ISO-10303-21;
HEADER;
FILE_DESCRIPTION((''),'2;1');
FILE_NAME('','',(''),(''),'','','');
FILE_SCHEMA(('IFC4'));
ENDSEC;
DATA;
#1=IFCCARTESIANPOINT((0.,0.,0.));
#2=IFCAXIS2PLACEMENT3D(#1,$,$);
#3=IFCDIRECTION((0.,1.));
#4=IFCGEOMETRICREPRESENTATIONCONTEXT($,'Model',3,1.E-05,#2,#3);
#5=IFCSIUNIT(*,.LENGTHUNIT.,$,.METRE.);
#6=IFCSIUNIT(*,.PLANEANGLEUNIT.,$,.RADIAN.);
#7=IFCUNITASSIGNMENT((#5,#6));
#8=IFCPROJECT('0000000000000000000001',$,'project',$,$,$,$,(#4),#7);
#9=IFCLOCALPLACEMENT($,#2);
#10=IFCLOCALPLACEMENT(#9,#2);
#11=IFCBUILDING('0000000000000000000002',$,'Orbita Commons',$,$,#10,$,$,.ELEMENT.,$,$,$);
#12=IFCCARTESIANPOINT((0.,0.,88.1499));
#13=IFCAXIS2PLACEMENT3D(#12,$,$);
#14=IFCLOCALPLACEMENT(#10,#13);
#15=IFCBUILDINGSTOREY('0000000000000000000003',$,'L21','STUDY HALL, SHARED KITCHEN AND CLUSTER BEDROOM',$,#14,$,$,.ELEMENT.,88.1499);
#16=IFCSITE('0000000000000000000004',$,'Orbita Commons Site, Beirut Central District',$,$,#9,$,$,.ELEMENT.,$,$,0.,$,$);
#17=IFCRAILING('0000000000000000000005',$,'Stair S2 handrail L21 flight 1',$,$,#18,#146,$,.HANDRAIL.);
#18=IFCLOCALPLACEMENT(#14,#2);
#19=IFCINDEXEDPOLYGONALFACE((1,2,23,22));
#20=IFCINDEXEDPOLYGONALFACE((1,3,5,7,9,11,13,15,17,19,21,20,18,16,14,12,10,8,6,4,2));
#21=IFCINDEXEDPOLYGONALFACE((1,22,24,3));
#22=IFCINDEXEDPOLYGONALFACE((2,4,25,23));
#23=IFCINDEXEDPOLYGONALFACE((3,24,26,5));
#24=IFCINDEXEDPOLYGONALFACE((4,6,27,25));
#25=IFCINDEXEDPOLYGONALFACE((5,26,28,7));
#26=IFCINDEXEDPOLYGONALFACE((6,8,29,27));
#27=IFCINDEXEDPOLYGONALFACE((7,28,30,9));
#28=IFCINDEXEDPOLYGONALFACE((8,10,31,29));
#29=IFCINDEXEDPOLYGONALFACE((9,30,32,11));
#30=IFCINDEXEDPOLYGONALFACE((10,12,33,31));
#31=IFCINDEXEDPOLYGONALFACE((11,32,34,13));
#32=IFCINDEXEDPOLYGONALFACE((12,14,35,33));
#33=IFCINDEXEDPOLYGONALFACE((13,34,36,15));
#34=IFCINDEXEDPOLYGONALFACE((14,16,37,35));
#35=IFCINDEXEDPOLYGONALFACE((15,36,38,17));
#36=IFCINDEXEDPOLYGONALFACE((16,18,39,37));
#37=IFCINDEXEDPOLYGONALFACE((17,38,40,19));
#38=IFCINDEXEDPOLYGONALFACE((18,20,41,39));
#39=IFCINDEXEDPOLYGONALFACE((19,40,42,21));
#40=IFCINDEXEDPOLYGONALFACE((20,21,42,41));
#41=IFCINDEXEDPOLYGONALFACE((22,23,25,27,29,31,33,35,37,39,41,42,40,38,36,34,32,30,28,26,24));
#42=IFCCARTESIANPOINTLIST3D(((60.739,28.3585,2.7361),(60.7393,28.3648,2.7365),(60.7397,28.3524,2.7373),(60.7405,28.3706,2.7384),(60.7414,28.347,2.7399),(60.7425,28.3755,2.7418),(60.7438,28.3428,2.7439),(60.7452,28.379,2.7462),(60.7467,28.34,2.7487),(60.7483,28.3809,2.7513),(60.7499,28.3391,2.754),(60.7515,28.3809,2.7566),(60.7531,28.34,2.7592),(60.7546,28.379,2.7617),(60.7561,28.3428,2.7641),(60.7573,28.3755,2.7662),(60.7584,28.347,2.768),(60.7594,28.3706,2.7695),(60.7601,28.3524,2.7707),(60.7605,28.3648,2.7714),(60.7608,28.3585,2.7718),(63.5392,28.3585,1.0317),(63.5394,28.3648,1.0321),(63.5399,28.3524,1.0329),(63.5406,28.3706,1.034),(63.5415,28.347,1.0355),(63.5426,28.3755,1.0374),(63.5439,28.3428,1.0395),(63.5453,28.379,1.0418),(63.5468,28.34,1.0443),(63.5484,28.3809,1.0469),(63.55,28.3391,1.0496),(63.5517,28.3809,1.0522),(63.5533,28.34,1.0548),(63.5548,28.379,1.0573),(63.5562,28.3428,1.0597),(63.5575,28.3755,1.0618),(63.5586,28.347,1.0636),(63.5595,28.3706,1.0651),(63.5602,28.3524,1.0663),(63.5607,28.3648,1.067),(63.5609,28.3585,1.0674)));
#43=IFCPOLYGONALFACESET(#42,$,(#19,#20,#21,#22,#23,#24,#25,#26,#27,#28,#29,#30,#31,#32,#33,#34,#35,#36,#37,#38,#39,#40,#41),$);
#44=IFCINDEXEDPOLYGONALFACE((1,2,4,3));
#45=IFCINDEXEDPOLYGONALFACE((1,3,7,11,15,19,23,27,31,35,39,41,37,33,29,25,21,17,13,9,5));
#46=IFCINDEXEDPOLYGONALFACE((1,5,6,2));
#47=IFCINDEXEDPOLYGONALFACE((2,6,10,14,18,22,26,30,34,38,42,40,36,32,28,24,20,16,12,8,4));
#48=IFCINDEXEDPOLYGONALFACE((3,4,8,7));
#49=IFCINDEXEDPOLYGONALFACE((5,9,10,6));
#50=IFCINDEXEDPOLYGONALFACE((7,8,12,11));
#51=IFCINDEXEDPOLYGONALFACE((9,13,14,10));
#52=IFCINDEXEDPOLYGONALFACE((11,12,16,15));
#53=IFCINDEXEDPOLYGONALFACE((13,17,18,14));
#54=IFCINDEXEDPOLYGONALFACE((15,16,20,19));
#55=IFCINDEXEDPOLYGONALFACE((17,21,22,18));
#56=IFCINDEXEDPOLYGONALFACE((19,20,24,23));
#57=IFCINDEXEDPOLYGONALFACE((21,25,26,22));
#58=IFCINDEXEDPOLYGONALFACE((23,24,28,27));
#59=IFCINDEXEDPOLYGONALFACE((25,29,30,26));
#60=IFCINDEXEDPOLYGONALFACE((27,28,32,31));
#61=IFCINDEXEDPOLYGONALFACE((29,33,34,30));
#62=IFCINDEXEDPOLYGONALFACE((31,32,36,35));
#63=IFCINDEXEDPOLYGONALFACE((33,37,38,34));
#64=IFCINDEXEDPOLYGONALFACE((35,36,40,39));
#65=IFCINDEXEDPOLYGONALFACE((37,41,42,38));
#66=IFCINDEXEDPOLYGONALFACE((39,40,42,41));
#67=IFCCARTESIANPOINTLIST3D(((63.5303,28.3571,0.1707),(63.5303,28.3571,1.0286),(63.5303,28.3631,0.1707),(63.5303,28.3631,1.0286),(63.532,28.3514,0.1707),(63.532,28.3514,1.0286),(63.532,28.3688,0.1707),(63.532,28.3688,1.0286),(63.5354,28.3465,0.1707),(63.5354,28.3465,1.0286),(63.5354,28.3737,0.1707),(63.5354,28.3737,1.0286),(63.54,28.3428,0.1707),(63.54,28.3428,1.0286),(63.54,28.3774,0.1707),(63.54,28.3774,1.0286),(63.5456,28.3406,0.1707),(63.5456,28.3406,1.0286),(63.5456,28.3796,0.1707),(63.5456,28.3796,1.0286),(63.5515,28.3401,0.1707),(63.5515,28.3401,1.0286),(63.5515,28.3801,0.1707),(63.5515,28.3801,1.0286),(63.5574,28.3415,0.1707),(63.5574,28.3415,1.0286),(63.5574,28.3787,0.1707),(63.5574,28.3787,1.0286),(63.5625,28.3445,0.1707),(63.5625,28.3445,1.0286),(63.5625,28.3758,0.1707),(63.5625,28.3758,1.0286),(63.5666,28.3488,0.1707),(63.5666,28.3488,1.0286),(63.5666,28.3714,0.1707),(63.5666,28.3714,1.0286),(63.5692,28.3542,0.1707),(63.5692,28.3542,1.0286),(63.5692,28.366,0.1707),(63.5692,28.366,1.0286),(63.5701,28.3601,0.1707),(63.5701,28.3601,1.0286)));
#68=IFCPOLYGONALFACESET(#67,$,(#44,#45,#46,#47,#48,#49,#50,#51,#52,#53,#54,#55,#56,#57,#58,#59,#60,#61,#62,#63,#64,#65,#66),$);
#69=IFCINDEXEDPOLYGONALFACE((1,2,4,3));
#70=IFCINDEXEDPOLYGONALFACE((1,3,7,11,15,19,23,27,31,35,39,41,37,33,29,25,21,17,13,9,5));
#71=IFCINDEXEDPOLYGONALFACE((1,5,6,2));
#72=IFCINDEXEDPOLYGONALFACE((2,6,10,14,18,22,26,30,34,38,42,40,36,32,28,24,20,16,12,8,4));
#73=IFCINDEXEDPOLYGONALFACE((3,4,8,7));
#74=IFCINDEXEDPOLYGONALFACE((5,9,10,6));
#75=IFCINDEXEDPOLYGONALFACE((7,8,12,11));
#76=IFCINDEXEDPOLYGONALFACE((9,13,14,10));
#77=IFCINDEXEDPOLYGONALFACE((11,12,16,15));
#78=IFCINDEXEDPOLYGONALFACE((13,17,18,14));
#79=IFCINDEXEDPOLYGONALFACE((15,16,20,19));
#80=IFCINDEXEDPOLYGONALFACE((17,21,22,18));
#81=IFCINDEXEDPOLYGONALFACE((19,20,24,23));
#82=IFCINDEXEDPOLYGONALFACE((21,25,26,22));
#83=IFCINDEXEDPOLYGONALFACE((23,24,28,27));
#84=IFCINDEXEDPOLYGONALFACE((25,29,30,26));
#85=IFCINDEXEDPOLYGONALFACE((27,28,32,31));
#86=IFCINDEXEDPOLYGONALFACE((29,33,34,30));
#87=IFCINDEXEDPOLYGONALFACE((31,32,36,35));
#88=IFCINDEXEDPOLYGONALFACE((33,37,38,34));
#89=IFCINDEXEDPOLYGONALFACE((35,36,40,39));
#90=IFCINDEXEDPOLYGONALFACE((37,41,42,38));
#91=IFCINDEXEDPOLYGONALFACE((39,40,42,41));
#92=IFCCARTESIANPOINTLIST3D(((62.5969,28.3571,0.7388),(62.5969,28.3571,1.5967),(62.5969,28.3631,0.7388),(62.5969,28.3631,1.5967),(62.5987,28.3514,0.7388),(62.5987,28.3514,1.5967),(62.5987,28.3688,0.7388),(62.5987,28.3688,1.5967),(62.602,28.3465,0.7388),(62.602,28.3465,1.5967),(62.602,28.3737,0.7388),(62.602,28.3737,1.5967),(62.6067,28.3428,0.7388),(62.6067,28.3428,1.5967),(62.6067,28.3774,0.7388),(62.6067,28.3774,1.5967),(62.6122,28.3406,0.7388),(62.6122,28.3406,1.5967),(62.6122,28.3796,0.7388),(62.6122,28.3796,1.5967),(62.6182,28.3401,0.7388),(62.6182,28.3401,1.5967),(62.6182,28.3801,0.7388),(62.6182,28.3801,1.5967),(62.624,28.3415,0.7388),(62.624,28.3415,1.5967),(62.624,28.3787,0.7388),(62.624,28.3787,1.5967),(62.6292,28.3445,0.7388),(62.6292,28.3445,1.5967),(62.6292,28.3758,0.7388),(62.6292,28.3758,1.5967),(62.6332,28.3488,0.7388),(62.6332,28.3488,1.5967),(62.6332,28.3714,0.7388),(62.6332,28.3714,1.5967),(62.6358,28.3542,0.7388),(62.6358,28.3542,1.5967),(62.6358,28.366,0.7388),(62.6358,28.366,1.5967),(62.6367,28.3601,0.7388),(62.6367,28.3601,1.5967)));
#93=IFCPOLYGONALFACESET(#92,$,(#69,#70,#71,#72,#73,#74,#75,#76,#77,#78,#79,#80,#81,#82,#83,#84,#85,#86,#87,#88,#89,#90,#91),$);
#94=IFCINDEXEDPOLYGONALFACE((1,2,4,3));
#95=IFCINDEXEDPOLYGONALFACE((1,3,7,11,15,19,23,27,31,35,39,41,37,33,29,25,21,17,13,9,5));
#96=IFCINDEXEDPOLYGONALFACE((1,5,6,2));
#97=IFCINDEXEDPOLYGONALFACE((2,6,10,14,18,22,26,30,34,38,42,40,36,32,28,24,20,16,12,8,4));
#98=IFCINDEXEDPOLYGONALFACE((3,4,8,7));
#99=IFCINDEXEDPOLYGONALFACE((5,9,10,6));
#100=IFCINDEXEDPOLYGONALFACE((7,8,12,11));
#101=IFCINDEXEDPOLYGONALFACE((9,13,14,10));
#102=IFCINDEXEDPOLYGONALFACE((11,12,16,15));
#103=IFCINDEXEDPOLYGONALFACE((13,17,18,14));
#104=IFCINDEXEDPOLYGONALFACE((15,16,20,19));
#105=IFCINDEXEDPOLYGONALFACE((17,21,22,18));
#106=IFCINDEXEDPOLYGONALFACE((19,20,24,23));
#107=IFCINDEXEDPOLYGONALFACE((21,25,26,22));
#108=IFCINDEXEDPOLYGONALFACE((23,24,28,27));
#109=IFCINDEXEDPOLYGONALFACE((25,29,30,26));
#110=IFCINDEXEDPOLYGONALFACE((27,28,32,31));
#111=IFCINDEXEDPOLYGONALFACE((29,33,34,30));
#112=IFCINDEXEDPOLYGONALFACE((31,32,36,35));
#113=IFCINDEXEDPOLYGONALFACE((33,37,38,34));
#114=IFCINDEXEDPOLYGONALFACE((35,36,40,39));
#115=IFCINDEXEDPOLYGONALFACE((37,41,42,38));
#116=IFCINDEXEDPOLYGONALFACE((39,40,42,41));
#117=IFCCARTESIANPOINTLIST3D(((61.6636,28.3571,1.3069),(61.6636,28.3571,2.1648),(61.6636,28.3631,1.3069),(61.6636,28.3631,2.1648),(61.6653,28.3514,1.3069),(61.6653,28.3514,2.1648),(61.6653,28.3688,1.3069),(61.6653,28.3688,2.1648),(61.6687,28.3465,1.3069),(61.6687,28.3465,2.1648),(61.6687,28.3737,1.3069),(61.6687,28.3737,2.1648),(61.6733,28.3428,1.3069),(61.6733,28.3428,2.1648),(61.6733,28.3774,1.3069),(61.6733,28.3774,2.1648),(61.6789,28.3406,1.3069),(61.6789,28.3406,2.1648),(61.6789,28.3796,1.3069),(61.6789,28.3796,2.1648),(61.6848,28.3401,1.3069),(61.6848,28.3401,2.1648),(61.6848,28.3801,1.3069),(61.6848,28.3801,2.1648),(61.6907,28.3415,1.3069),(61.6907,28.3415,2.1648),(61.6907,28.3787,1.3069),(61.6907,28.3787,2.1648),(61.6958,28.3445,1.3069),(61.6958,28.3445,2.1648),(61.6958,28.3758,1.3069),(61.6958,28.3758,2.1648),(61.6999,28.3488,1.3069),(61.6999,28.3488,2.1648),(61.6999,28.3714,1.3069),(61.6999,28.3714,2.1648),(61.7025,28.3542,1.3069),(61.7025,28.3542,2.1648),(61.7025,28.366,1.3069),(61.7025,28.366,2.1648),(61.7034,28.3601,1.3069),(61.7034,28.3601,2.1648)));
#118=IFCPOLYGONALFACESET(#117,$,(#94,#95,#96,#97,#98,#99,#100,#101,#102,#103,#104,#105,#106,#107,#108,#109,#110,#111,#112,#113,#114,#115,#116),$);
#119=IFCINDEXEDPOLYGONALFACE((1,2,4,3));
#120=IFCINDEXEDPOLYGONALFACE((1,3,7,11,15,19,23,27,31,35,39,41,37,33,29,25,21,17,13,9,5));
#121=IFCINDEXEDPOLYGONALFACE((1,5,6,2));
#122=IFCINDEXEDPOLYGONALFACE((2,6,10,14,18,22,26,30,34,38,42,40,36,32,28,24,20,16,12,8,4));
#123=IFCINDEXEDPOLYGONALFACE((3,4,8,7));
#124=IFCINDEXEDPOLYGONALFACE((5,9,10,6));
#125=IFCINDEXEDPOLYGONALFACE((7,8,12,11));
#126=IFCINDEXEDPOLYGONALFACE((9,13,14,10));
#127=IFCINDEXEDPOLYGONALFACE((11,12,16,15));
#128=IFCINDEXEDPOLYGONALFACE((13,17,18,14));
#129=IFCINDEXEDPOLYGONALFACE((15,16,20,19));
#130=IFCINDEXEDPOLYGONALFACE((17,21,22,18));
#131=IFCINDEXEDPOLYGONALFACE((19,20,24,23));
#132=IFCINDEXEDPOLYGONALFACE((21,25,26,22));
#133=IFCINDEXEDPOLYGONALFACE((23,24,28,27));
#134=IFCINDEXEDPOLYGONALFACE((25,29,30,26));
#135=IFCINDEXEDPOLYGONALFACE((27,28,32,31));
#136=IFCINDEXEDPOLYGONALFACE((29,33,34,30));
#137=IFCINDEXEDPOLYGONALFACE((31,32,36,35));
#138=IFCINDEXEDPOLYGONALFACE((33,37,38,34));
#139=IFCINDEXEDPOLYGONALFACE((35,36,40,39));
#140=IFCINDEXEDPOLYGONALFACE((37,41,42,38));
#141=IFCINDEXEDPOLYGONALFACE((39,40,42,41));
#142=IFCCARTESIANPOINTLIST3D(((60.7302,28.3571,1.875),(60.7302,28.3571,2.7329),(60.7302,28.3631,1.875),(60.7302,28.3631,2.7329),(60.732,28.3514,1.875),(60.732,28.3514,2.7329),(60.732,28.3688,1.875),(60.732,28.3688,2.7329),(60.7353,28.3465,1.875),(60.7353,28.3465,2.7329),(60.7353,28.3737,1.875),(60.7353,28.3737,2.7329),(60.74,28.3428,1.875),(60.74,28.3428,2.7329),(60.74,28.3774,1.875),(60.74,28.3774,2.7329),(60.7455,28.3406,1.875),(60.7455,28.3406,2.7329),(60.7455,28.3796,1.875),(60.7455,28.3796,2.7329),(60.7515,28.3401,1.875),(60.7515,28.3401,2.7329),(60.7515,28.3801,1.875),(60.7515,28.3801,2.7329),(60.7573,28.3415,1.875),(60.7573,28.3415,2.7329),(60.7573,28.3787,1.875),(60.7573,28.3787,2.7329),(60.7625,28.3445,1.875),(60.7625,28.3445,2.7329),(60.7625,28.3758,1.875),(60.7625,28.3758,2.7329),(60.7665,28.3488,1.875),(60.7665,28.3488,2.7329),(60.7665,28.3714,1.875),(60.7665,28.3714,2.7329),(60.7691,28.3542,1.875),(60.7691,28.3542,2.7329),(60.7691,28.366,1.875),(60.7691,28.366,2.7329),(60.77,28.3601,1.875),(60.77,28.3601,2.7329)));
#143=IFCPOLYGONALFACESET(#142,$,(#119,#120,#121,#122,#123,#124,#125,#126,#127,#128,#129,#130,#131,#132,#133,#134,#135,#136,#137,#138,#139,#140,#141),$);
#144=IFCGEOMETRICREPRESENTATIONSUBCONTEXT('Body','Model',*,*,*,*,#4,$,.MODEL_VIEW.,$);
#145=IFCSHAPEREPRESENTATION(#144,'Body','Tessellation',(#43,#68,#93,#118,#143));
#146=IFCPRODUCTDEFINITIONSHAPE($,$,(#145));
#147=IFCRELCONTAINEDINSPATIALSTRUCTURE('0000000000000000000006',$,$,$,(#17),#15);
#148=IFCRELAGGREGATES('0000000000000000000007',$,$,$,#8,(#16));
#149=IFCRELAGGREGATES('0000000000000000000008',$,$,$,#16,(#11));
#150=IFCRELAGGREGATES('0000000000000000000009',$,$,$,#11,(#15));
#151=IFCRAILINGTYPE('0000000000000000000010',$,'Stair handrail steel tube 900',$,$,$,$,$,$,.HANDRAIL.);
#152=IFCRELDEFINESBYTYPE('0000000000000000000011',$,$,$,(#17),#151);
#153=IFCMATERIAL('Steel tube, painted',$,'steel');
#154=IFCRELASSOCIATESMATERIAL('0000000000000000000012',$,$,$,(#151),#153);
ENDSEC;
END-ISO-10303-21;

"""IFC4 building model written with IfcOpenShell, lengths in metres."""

from ifc_helpers import new_model, si_unit, direction, frame, origin, origin_2d, place, context, subcontext, project, spatial, circle, extrude, material, type_object, element, save


model = new_model("IFC4")

# Units and contexts
model_context = context("Model", 3, precision=1e-05, world=origin(), true_north=direction((0.0, 1.0)))
body_context = subcontext(model_context, "Body", "Model", "MODEL_VIEW")
ifc_project = project(units=[si_unit("LENGTHUNIT", "METRE"), si_unit("PLANEANGLEUNIT", "RADIAN")], contexts=[model_context])

# Site, building, storey
site_placement = place(None, origin())
site = spatial("IfcSite", under=ifc_project, at=site_placement, Name="Orbita Commons Site, Beirut Central District", CompositionType="ELEMENT", RefElevation=0.0)
building_placement = place(site_placement, origin())
building = spatial("IfcBuilding", under=site, at=building_placement, Name="Orbita Commons", CompositionType="ELEMENT")
storey_placement = place(building_placement, frame((0.0, 0.0, 88.1499)))
storey = spatial("IfcBuildingStorey", under=building, at=storey_placement, Name="L21", Description="STUDY HALL, SHARED KITCHEN AND CLUSTER BEDROOM", CompositionType="ELEMENT", Elevation=88.1499)

# Railing
ifc_material_1 = material(Name="Steel tube, painted", Category="steel")
railing_type = type_object("IfcRailingType", Name="Stair handrail steel tube 900", PredefinedType="HANDRAIL", material=ifc_material_1)
for number, where, name in (
    (1, (63.55, 28.3601, 0.1707), "Stair S2 handrail L21 flight 1"),
):
    element("IfcRailing", number, at=place(storey_placement, frame(where)), inside=storey, type_object=railing_type, Name=name, PredefinedType="HANDRAIL", context=body_context, shape_type="SweptSolid", body=[
        extrude(circle(Radius=0.021, at=origin_2d()), frame((0.0, 0.0, 0.8789), z_axis=(-0.854203, 0.0, 0.51994), x_axis=(0.0, -1.0, 0.0)), (0.0, 0.0, 1.0), 3.2781),
        extrude(circle(Radius=0.02, at=origin_2d()), origin(), (0.0, 0.0, 1.0), 0.8579),
        extrude(circle(Radius=0.02, at=origin_2d()), frame((-0.9333, 0.0, 0.5681)), (0.0, 0.0, 1.0), 0.8579),
        extrude(circle(Radius=0.02, at=origin_2d()), frame((-1.8667, 0.0, 1.1362)), (0.0, 0.0, 1.0), 0.8579),
        extrude(circle(Radius=0.02, at=origin_2d()), frame((-2.8, 0.0, 1.7043)), (0.0, 0.0, 1.0), 0.8579),
    ])

save(model, "model.ifc")
